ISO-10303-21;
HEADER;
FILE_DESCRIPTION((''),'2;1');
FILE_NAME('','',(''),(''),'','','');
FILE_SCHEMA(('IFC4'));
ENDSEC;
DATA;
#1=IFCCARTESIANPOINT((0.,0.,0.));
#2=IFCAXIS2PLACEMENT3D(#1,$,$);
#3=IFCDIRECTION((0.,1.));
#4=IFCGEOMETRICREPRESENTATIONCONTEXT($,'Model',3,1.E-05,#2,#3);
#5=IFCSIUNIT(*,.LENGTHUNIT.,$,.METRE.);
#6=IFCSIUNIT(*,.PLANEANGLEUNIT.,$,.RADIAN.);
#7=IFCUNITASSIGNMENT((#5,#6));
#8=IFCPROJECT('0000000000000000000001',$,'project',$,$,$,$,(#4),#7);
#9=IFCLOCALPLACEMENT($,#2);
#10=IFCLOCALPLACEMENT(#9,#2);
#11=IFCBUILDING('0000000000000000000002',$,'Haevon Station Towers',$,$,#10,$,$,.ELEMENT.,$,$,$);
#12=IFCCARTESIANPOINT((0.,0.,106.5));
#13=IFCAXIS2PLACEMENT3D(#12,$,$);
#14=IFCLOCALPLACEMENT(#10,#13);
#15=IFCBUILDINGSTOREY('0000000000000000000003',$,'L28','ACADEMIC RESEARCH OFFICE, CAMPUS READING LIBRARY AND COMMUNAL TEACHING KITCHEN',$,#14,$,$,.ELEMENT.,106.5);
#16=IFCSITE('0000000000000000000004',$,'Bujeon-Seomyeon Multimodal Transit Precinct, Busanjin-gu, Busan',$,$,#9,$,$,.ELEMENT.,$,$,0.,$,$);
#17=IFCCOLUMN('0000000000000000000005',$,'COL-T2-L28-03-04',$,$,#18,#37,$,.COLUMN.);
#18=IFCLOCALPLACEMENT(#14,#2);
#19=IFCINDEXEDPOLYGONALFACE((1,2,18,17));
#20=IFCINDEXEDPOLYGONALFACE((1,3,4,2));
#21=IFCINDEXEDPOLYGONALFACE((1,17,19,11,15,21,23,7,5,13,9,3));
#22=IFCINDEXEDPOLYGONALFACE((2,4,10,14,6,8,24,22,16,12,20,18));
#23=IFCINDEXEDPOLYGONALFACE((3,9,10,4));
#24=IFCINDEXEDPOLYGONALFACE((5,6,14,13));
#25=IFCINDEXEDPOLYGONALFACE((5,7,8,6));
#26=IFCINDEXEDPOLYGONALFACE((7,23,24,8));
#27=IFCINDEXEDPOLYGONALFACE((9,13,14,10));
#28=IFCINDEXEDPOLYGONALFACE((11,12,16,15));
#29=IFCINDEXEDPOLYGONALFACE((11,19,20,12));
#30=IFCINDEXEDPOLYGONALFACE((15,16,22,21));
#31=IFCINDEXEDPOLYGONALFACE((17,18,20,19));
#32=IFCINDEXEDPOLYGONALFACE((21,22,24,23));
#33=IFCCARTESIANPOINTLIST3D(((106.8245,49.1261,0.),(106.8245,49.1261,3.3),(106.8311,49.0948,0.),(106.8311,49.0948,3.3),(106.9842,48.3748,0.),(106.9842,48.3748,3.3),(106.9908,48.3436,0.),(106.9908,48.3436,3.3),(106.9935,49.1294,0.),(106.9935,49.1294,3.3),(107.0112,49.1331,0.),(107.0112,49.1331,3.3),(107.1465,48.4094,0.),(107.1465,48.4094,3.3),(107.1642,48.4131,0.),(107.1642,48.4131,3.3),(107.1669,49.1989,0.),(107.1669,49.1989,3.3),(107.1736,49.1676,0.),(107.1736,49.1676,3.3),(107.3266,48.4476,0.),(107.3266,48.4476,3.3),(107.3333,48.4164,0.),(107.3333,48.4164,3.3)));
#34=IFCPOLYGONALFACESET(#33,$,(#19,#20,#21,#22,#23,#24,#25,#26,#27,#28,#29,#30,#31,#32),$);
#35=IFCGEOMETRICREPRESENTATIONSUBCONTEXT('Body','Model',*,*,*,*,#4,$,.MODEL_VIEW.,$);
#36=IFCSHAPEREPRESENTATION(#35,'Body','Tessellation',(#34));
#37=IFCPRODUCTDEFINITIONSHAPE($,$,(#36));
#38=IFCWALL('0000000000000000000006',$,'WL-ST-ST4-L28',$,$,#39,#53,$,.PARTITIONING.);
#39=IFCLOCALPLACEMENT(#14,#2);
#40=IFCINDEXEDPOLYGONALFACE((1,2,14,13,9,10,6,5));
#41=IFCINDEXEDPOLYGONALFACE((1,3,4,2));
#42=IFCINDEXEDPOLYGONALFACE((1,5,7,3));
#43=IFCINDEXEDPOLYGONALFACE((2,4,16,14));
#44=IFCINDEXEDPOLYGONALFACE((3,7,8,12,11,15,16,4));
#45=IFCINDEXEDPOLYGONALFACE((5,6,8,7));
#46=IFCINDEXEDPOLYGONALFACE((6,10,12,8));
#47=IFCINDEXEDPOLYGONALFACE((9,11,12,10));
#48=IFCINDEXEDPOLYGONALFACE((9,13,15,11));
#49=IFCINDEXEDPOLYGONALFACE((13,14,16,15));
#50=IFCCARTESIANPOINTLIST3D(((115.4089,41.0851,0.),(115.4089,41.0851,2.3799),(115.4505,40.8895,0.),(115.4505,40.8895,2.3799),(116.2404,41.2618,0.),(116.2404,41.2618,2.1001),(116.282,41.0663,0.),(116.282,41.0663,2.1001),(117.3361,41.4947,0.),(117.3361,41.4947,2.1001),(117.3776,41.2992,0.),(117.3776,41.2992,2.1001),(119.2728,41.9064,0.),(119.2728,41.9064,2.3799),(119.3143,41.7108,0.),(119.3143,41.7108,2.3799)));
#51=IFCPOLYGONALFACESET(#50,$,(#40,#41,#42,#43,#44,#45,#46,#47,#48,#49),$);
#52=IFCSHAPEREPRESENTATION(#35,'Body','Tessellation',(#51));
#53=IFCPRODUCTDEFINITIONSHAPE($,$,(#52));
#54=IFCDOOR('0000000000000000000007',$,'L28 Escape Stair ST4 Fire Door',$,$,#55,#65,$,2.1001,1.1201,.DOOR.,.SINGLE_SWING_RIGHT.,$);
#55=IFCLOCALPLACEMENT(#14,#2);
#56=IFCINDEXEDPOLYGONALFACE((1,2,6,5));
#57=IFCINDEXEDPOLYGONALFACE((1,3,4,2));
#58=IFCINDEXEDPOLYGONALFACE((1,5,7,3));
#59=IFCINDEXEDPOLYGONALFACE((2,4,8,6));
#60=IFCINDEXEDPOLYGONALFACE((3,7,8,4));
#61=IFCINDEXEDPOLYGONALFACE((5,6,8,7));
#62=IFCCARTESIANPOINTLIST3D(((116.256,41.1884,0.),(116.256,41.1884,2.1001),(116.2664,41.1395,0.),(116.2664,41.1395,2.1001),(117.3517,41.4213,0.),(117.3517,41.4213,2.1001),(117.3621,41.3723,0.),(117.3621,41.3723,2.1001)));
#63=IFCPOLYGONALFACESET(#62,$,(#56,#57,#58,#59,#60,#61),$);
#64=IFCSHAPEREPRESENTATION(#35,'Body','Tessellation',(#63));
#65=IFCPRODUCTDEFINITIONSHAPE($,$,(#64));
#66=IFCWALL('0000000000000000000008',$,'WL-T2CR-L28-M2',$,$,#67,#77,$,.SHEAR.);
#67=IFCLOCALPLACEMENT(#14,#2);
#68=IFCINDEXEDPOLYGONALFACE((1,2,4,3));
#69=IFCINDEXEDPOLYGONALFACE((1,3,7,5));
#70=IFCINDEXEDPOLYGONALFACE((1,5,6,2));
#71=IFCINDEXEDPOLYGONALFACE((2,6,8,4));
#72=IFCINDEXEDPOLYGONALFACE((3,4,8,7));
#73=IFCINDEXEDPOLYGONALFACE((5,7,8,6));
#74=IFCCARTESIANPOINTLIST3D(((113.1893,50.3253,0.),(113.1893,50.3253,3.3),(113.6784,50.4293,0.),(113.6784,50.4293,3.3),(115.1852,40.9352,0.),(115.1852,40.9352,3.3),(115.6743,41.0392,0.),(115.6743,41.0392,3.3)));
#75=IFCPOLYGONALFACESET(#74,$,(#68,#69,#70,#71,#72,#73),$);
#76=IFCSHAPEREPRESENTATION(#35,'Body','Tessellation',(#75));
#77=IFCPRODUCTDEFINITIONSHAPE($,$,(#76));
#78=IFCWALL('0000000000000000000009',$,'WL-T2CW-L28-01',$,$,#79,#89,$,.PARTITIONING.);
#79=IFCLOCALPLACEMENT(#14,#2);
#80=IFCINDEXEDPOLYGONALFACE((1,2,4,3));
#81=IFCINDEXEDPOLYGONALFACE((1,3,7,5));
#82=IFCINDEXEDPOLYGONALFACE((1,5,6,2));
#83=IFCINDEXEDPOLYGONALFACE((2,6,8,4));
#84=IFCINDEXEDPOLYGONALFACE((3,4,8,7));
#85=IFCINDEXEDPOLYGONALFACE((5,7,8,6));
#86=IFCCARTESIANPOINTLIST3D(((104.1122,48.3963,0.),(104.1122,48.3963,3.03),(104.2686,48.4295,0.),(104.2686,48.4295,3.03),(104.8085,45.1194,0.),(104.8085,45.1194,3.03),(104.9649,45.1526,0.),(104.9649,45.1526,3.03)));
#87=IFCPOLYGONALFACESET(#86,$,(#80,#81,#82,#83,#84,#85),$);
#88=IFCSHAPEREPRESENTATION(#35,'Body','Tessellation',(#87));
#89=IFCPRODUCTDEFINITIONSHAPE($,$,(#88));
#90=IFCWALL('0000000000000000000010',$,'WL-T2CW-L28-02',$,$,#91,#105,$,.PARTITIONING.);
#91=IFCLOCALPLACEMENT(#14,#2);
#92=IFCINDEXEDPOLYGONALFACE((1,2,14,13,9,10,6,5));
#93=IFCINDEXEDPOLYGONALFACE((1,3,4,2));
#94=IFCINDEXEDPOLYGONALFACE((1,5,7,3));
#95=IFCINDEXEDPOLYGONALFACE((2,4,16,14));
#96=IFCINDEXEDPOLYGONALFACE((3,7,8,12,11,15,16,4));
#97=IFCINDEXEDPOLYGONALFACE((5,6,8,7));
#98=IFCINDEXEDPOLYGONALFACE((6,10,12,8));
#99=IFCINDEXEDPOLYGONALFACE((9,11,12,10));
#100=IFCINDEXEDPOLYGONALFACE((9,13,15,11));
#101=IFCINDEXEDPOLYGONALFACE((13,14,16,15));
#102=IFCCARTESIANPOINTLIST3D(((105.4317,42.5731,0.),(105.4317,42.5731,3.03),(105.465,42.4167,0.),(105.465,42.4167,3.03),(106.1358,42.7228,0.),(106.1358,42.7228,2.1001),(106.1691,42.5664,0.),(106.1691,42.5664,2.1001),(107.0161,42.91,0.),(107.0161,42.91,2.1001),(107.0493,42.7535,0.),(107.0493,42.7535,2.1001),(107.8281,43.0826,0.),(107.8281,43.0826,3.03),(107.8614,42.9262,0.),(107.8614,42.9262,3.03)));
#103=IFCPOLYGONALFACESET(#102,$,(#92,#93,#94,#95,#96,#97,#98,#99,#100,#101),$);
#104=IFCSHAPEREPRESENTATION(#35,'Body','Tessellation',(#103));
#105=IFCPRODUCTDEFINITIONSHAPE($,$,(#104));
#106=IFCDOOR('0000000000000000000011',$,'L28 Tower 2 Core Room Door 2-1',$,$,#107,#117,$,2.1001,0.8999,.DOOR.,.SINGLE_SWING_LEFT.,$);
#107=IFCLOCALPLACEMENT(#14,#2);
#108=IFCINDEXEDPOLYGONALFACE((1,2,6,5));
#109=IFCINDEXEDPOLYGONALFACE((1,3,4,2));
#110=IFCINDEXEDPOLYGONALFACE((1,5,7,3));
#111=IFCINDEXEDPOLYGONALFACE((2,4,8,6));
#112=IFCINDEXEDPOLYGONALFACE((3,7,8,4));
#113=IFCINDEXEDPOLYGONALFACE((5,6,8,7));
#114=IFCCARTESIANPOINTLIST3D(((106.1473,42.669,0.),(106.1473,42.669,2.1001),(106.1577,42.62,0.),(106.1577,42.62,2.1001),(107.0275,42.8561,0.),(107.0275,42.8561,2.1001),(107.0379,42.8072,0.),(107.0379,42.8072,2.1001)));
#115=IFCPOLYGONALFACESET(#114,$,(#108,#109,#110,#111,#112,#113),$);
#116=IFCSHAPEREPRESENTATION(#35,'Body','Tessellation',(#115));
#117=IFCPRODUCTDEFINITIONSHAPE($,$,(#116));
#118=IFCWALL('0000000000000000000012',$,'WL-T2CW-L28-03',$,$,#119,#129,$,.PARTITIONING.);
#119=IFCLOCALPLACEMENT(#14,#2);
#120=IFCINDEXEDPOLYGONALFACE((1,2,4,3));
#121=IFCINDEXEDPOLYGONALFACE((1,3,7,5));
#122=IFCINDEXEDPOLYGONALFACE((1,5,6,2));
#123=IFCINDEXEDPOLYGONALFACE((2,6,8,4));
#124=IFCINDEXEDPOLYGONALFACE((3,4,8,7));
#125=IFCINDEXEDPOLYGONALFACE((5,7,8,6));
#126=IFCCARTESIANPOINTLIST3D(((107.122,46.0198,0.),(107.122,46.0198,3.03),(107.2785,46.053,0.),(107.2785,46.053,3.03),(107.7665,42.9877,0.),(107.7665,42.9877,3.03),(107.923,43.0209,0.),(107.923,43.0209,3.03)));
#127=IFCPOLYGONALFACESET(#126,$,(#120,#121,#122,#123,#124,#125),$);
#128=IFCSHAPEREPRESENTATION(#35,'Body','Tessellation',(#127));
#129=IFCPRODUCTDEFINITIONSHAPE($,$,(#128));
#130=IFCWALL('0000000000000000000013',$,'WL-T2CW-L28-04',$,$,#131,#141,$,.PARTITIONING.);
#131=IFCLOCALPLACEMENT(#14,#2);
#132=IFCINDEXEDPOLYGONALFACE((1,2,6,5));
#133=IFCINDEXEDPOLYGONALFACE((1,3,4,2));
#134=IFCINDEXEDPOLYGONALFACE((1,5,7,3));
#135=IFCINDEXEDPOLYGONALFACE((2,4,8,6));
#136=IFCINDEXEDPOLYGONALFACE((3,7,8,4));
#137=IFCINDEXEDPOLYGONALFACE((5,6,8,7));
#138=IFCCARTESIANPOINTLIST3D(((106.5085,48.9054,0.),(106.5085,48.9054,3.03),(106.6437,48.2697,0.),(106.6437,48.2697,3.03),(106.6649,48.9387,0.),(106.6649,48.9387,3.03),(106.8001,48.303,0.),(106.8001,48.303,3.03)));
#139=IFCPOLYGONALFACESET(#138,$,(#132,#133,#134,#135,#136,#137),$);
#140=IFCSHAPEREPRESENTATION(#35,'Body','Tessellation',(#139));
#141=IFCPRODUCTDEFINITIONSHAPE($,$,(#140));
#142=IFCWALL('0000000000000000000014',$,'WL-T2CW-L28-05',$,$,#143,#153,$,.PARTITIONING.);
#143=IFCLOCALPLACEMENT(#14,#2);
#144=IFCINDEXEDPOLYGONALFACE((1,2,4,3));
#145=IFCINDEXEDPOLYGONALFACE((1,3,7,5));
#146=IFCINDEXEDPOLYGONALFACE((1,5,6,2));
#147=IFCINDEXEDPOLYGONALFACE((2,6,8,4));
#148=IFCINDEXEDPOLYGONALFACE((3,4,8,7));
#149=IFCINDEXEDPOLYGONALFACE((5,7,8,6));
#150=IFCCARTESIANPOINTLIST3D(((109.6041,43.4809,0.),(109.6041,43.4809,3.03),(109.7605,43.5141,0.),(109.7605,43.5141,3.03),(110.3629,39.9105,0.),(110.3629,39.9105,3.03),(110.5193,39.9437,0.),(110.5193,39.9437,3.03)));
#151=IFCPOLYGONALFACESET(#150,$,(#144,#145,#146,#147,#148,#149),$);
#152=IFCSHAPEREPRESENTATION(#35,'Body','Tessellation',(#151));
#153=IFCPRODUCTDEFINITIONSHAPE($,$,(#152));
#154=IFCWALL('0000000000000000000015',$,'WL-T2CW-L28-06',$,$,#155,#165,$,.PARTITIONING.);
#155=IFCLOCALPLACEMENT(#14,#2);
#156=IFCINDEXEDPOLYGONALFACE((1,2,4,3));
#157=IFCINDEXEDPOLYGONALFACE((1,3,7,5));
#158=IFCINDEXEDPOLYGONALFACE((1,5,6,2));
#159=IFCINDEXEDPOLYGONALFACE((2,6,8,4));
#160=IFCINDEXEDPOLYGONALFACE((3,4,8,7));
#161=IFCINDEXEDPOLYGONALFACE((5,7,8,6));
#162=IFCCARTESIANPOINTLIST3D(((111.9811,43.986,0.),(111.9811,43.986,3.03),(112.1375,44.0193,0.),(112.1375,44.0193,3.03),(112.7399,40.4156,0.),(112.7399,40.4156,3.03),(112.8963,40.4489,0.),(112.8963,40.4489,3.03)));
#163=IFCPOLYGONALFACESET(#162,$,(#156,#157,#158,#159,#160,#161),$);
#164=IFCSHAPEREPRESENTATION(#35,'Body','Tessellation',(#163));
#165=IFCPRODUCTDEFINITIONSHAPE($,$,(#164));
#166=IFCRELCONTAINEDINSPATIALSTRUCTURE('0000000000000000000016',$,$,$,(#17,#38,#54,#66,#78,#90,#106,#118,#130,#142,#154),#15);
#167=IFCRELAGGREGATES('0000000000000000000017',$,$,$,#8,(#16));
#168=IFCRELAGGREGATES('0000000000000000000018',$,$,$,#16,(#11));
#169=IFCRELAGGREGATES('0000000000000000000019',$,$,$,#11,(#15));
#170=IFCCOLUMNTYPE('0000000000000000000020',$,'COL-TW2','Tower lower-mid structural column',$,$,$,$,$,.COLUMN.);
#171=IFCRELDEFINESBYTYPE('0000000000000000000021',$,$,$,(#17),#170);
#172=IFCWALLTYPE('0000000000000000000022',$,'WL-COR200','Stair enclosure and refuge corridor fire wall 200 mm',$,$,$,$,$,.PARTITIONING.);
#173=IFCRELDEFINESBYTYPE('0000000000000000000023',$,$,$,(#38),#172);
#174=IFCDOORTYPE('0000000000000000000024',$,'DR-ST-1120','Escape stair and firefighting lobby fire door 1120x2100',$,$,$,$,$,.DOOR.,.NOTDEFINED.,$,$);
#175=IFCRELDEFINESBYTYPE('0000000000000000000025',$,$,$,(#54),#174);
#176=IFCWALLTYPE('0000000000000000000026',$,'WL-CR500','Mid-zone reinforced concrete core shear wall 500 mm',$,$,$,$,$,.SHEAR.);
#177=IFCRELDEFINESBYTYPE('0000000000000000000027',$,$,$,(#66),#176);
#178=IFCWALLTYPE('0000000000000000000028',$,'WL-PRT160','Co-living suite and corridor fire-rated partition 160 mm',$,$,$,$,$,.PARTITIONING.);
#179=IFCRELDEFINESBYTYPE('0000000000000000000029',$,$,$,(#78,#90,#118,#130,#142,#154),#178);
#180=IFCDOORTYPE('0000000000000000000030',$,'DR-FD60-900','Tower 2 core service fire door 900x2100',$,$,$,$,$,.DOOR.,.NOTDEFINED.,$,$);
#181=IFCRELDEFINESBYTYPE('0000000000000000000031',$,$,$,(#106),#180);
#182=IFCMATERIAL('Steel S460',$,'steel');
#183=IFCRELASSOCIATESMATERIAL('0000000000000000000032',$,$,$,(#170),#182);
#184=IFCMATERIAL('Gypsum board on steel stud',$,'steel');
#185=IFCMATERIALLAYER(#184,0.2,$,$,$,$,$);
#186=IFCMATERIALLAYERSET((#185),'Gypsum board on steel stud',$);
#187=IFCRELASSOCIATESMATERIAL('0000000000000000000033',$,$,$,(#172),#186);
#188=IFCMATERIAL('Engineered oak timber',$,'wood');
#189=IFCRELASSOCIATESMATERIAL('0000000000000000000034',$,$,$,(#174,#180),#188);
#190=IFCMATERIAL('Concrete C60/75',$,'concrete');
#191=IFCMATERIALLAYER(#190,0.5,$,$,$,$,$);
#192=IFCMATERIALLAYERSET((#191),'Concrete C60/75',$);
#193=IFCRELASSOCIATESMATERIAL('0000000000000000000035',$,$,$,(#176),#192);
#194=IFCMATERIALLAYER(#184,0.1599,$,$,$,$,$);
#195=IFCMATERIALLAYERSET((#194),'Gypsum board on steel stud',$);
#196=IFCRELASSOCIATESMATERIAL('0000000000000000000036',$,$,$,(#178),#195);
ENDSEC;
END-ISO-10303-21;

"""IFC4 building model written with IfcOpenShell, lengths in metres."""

from ifc_helpers import new_model, si_unit, direction, frame, frame_2d, origin, origin_2d, place, context, subcontext, project, spatial, rectangle, i_section, extrude, material, layer, layer_set, material_profile, profile_set, type_object, element, fill, save


model = new_model("IFC4")

# Units and contexts
model_context = context("Model", 3, precision=1e-05, world=origin(), true_north=direction((0.0, 1.0)))
body_context = subcontext(model_context, "Body", "Model", "MODEL_VIEW")
ifc_project = project(units=[si_unit("LENGTHUNIT", "METRE"), si_unit("PLANEANGLEUNIT", "RADIAN")], contexts=[model_context])

# Site, building, storey
site_placement = place(None, origin())
site = spatial("IfcSite", under=ifc_project, at=site_placement, Name="Bujeon-Seomyeon Multimodal Transit Precinct, Busanjin-gu, Busan", CompositionType="ELEMENT", RefElevation=0.0)
building_placement = place(site_placement, origin())
building = spatial("IfcBuilding", under=site, at=building_placement, Name="Haevon Station Towers", CompositionType="ELEMENT")
storey_placement = place(building_placement, frame((0.0, 0.0, 106.5)))
storey = spatial("IfcBuildingStorey", under=building, at=storey_placement, Name="L28", Description="ACADEMIC RESEARCH OFFICE, CAMPUS READING LIBRARY AND COMMUNAL TEACHING KITCHEN", CompositionType="ELEMENT", Elevation=106.5)

# Column
ifc_material_1 = material(Name="Steel S460", Category="steel")
ifc_material_profile = material_profile(ifc_material_1, i_section(OverallWidth=0.3501, OverallDepth=0.8, WebThickness=0.0181, FlangeThickness=0.032, at=origin_2d()), Name="H-800x350x18x32")
ifc_profile_set = profile_set([ifc_material_profile], Name="Steel S460")
column_type = type_object("IfcColumnType", Name="COL-TW2", Description="Tower lower-mid structural column", PredefinedType="COLUMN", material=ifc_profile_set)
column_placement = place(storey_placement, frame((107.0789, 48.7712, 0.0), z_axis=(0.0, 0.0, 1.0), x_axis=(0.978148, 0.207912, 0.0)))
element("IfcColumn", 1, at=column_placement, inside=storey, type_object=column_type, Name="COL-T2-L28-03-04", PredefinedType="COLUMN", context=body_context, shape_type="SweptSolid", body=[
    extrude(i_section(OverallWidth=0.3501, OverallDepth=0.8, WebThickness=0.0181, FlangeThickness=0.032, at=origin_2d()), origin(), (0.0, 0.0, 1.0), 3.3),
])

# Wall, opening, door
ifc_material_2 = material(Name="Gypsum board on steel stud", Category="steel")
ifc_layer_1 = layer(ifc_material_2, 0.2)
ifc_layer_set_1 = layer_set([ifc_layer_1], Name="Gypsum board on steel stud")
wall_type_1 = type_object("IfcWallType", Name="WL-COR200", Description="Stair enclosure and refuge corridor fire wall 200 mm", PredefinedType="PARTITIONING", material=ifc_layer_set_1)
wall_1_placement = place(storey_placement, frame((115.4297, 40.9873, 0.0), z_axis=(0.0, 0.0, 1.0), x_axis=(0.978147, 0.207916, 0.0)))
wall_1 = element("IfcWall", 2, at=wall_1_placement, inside=storey, type_object=wall_type_1, Name="WL-ST-ST4-L28", PredefinedType="PARTITIONING", context=body_context, shape_type="SweptSolid", body=[
    extrude(rectangle(XDim=3.9502, YDim=0.2, at=frame_2d((1.9751, 0.0))), origin(), (0.0, 0.0, 1.0), 2.3799),
])
opening_1_placement = place(wall_1_placement, frame((0.8501, 0.0, 0.0)))
opening_1 = element("IfcOpeningElement", 3, at=opening_1_placement, cuts=wall_1, PredefinedType="OPENING", context=body_context, shape_type="SweptSolid", body=[
    extrude(rectangle(XDim=1.1201, YDim=2.1001, at=frame_2d((0.5601, 1.05))), frame((0.0, 0.1099, 0.0), z_axis=(0.0, -1.0, 0.0), x_axis=(1.0, 0.0, 0.0)), (0.0, 0.0, 1.0), 0.22),
])
ifc_material_3 = material(Name="Engineered oak timber", Category="wood")
door_type_1 = type_object("IfcDoorType", Name="DR-ST-1120", Description="Escape stair and firefighting lobby fire door 1120x2100", OperationType="NOTDEFINED", PredefinedType="DOOR", material=ifc_material_3)
door_1_placement = place(opening_1_placement, origin())
door_1 = element("IfcDoor", 4, at=door_1_placement, inside=storey, type_object=door_type_1, Name="L28 Escape Stair ST4 Fire Door", OperationType="SINGLE_SWING_RIGHT", OverallHeight=2.1001, OverallWidth=1.1201, PredefinedType="DOOR", context=body_context, shape_type="SweptSolid", body=[
    extrude(rectangle(XDim=1.1201, YDim=2.1001, at=frame_2d((0.5601, 1.05))), frame((0.0, 0.0249, 0.0), z_axis=(0.0, -1.0, 0.0), x_axis=(1.0, 0.0, 0.0)), (0.0, 0.0, 1.0), 0.05),
])
fill(opening_1, door_1)

# Walls
ifc_material_4 = material(Name="Concrete C60/75", Category="concrete")
ifc_layer_2 = layer(ifc_material_4, 0.5)
ifc_layer_set_2 = layer_set([ifc_layer_2], Name="Concrete C60/75")
wall_type_2 = type_object("IfcWallType", Name="WL-CR500", Description="Mid-zone reinforced concrete core shear wall 500 mm", PredefinedType="SHEAR", material=ifc_layer_set_2)
wall_2_placement = place(storey_placement, frame((115.4297, 40.9873, 0.0), z_axis=(0.0, 0.0, 1.0), x_axis=(-0.207903, 0.978149, 0.0)))
element("IfcWall", 5, at=wall_2_placement, inside=storey, type_object=wall_type_2, Name="WL-T2CR-L28-M2", PredefinedType="SHEAR", context=body_context, shape_type="SweptSolid", body=[
    extrude(rectangle(XDim=9.5999, YDim=0.5, at=frame_2d((4.7998, 0.0))), origin(), (0.0, 0.0, 1.0), 3.3),
])
ifc_layer_3 = layer(ifc_material_2, 0.1599)
ifc_layer_set_3 = layer_set([ifc_layer_3], Name="Gypsum board on steel stud")
wall_type_3 = type_object("IfcWallType", Name="WL-PRT160", Description="Co-living suite and corridor fire-rated partition 160 mm", PredefinedType="PARTITIONING", material=ifc_layer_set_3)
wall_3_placement = place(storey_placement, frame((104.8867, 45.136, 0.0), z_axis=(0.0, 0.0, 1.0), x_axis=(-0.207847, 0.978161, 0.0)))
element("IfcWall", 6, at=wall_3_placement, inside=storey, type_object=wall_type_3, Name="WL-T2CW-L28-01", PredefinedType="PARTITIONING", context=body_context, shape_type="SweptSolid", body=[
    extrude(rectangle(XDim=3.3501, YDim=0.1599, at=frame_2d((1.675, 0.0))), origin(), (0.0, 0.0, 1.0), 3.03),
])

# Wall, opening, door
wall_4_placement = place(storey_placement, frame((105.4482, 42.4949, 0.0), z_axis=(0.0, 0.0, 1.0), x_axis=(0.978137, 0.207964, 0.0)))
wall_4 = element("IfcWall", 7, at=wall_4_placement, inside=storey, type_object=wall_type_3, Name="WL-T2CW-L28-02", PredefinedType="PARTITIONING", context=body_context, shape_type="SweptSolid", body=[
    extrude(rectangle(XDim=2.45, YDim=0.1599, at=frame_2d((1.2251, 0.0))), origin(), (0.0, 0.0, 1.0), 3.03),
])
opening_2_placement = place(wall_4_placement, frame((0.72, 0.0, 0.0)))
opening_2 = element("IfcOpeningElement", 8, at=opening_2_placement, cuts=wall_4, PredefinedType="OPENING", context=body_context, shape_type="SweptSolid", body=[
    extrude(rectangle(XDim=0.8999, YDim=2.1001, at=frame_2d((0.45, 1.05))), frame((0.0, 0.0898, 0.0), z_axis=(0.0, -1.0, 0.0), x_axis=(1.0, 0.0, 0.0)), (0.0, 0.0, 1.0), 0.1799),
])
door_type_2 = type_object("IfcDoorType", Name="DR-FD60-900", Description="Tower 2 core service fire door 900x2100", OperationType="NOTDEFINED", PredefinedType="DOOR", material=ifc_material_3)
door_2_placement = place(opening_2_placement, origin())
door_2 = element("IfcDoor", 9, at=door_2_placement, inside=storey, type_object=door_type_2, Name="L28 Tower 2 Core Room Door 2-1", OperationType="SINGLE_SWING_LEFT", OverallHeight=2.1001, OverallWidth=0.8999, PredefinedType="DOOR", context=body_context, shape_type="SweptSolid", body=[
    extrude(rectangle(XDim=0.8999, YDim=2.1001, at=frame_2d((0.45, 1.05))), frame((0.0, 0.0249, 0.0), z_axis=(0.0, -1.0, 0.0), x_axis=(1.0, 0.0, 0.0)), (0.0, 0.0, 1.0), 0.05),
])
fill(opening_2, door_2)

# Walls
wall_5_placement = place(storey_placement, frame((107.8447, 43.0044, 0.0), z_axis=(0.0, 0.0, 1.0), x_axis=(-0.207915, 0.978147, 0.0)))
element("IfcWall", 10, at=wall_5_placement, inside=storey, type_object=wall_type_3, Name="WL-T2CW-L28-03", PredefinedType="PARTITIONING", context=body_context, shape_type="SweptSolid", body=[
    extrude(rectangle(XDim=3.0999, YDim=0.1599, at=frame_2d((1.5498, 0.0))), origin(), (0.0, 0.0, 1.0), 3.03),
])
wall_6_placement = place(storey_placement, frame((106.7219, 48.2864, 0.0), z_axis=(0.0, 0.0, 1.0), x_axis=(-0.208092, 0.978109, 0.0)))
element("IfcWall", 11, at=wall_6_placement, inside=storey, type_object=wall_type_3, Name="WL-T2CW-L28-04", PredefinedType="PARTITIONING", context=body_context, shape_type="SweptSolid", body=[
    extrude(rectangle(XDim=0.6499, YDim=0.1599, at=frame_2d((0.325, 0.0))), origin(), (0.0, 0.0, 1.0), 3.03),
])
for number, where, z_axis, x_axis, name in (
    (12, (110.4412, 39.927, 0.0), (0.0, 0.0, 1.0), (-0.207884, 0.978153, 0.0), "WL-T2CW-L28-05"),
    (13, (112.8181, 40.4321, 0.0), (0.0, 0.0, 1.0), (-0.207884, 0.978153, 0.0), "WL-T2CW-L28-06"),
):
    element("IfcWall", number, at=place(storey_placement, frame(where, z_axis=z_axis, x_axis=x_axis)), inside=storey, type_object=wall_type_3, Name=name, PredefinedType="PARTITIONING", context=body_context, shape_type="SweptSolid", body=[
        extrude(rectangle(XDim=3.6501, YDim=0.1599, at=frame_2d((1.8252, 0.0))), origin(), (0.0, 0.0, 1.0), 3.03),
    ])

save(model, "model.ifc")
